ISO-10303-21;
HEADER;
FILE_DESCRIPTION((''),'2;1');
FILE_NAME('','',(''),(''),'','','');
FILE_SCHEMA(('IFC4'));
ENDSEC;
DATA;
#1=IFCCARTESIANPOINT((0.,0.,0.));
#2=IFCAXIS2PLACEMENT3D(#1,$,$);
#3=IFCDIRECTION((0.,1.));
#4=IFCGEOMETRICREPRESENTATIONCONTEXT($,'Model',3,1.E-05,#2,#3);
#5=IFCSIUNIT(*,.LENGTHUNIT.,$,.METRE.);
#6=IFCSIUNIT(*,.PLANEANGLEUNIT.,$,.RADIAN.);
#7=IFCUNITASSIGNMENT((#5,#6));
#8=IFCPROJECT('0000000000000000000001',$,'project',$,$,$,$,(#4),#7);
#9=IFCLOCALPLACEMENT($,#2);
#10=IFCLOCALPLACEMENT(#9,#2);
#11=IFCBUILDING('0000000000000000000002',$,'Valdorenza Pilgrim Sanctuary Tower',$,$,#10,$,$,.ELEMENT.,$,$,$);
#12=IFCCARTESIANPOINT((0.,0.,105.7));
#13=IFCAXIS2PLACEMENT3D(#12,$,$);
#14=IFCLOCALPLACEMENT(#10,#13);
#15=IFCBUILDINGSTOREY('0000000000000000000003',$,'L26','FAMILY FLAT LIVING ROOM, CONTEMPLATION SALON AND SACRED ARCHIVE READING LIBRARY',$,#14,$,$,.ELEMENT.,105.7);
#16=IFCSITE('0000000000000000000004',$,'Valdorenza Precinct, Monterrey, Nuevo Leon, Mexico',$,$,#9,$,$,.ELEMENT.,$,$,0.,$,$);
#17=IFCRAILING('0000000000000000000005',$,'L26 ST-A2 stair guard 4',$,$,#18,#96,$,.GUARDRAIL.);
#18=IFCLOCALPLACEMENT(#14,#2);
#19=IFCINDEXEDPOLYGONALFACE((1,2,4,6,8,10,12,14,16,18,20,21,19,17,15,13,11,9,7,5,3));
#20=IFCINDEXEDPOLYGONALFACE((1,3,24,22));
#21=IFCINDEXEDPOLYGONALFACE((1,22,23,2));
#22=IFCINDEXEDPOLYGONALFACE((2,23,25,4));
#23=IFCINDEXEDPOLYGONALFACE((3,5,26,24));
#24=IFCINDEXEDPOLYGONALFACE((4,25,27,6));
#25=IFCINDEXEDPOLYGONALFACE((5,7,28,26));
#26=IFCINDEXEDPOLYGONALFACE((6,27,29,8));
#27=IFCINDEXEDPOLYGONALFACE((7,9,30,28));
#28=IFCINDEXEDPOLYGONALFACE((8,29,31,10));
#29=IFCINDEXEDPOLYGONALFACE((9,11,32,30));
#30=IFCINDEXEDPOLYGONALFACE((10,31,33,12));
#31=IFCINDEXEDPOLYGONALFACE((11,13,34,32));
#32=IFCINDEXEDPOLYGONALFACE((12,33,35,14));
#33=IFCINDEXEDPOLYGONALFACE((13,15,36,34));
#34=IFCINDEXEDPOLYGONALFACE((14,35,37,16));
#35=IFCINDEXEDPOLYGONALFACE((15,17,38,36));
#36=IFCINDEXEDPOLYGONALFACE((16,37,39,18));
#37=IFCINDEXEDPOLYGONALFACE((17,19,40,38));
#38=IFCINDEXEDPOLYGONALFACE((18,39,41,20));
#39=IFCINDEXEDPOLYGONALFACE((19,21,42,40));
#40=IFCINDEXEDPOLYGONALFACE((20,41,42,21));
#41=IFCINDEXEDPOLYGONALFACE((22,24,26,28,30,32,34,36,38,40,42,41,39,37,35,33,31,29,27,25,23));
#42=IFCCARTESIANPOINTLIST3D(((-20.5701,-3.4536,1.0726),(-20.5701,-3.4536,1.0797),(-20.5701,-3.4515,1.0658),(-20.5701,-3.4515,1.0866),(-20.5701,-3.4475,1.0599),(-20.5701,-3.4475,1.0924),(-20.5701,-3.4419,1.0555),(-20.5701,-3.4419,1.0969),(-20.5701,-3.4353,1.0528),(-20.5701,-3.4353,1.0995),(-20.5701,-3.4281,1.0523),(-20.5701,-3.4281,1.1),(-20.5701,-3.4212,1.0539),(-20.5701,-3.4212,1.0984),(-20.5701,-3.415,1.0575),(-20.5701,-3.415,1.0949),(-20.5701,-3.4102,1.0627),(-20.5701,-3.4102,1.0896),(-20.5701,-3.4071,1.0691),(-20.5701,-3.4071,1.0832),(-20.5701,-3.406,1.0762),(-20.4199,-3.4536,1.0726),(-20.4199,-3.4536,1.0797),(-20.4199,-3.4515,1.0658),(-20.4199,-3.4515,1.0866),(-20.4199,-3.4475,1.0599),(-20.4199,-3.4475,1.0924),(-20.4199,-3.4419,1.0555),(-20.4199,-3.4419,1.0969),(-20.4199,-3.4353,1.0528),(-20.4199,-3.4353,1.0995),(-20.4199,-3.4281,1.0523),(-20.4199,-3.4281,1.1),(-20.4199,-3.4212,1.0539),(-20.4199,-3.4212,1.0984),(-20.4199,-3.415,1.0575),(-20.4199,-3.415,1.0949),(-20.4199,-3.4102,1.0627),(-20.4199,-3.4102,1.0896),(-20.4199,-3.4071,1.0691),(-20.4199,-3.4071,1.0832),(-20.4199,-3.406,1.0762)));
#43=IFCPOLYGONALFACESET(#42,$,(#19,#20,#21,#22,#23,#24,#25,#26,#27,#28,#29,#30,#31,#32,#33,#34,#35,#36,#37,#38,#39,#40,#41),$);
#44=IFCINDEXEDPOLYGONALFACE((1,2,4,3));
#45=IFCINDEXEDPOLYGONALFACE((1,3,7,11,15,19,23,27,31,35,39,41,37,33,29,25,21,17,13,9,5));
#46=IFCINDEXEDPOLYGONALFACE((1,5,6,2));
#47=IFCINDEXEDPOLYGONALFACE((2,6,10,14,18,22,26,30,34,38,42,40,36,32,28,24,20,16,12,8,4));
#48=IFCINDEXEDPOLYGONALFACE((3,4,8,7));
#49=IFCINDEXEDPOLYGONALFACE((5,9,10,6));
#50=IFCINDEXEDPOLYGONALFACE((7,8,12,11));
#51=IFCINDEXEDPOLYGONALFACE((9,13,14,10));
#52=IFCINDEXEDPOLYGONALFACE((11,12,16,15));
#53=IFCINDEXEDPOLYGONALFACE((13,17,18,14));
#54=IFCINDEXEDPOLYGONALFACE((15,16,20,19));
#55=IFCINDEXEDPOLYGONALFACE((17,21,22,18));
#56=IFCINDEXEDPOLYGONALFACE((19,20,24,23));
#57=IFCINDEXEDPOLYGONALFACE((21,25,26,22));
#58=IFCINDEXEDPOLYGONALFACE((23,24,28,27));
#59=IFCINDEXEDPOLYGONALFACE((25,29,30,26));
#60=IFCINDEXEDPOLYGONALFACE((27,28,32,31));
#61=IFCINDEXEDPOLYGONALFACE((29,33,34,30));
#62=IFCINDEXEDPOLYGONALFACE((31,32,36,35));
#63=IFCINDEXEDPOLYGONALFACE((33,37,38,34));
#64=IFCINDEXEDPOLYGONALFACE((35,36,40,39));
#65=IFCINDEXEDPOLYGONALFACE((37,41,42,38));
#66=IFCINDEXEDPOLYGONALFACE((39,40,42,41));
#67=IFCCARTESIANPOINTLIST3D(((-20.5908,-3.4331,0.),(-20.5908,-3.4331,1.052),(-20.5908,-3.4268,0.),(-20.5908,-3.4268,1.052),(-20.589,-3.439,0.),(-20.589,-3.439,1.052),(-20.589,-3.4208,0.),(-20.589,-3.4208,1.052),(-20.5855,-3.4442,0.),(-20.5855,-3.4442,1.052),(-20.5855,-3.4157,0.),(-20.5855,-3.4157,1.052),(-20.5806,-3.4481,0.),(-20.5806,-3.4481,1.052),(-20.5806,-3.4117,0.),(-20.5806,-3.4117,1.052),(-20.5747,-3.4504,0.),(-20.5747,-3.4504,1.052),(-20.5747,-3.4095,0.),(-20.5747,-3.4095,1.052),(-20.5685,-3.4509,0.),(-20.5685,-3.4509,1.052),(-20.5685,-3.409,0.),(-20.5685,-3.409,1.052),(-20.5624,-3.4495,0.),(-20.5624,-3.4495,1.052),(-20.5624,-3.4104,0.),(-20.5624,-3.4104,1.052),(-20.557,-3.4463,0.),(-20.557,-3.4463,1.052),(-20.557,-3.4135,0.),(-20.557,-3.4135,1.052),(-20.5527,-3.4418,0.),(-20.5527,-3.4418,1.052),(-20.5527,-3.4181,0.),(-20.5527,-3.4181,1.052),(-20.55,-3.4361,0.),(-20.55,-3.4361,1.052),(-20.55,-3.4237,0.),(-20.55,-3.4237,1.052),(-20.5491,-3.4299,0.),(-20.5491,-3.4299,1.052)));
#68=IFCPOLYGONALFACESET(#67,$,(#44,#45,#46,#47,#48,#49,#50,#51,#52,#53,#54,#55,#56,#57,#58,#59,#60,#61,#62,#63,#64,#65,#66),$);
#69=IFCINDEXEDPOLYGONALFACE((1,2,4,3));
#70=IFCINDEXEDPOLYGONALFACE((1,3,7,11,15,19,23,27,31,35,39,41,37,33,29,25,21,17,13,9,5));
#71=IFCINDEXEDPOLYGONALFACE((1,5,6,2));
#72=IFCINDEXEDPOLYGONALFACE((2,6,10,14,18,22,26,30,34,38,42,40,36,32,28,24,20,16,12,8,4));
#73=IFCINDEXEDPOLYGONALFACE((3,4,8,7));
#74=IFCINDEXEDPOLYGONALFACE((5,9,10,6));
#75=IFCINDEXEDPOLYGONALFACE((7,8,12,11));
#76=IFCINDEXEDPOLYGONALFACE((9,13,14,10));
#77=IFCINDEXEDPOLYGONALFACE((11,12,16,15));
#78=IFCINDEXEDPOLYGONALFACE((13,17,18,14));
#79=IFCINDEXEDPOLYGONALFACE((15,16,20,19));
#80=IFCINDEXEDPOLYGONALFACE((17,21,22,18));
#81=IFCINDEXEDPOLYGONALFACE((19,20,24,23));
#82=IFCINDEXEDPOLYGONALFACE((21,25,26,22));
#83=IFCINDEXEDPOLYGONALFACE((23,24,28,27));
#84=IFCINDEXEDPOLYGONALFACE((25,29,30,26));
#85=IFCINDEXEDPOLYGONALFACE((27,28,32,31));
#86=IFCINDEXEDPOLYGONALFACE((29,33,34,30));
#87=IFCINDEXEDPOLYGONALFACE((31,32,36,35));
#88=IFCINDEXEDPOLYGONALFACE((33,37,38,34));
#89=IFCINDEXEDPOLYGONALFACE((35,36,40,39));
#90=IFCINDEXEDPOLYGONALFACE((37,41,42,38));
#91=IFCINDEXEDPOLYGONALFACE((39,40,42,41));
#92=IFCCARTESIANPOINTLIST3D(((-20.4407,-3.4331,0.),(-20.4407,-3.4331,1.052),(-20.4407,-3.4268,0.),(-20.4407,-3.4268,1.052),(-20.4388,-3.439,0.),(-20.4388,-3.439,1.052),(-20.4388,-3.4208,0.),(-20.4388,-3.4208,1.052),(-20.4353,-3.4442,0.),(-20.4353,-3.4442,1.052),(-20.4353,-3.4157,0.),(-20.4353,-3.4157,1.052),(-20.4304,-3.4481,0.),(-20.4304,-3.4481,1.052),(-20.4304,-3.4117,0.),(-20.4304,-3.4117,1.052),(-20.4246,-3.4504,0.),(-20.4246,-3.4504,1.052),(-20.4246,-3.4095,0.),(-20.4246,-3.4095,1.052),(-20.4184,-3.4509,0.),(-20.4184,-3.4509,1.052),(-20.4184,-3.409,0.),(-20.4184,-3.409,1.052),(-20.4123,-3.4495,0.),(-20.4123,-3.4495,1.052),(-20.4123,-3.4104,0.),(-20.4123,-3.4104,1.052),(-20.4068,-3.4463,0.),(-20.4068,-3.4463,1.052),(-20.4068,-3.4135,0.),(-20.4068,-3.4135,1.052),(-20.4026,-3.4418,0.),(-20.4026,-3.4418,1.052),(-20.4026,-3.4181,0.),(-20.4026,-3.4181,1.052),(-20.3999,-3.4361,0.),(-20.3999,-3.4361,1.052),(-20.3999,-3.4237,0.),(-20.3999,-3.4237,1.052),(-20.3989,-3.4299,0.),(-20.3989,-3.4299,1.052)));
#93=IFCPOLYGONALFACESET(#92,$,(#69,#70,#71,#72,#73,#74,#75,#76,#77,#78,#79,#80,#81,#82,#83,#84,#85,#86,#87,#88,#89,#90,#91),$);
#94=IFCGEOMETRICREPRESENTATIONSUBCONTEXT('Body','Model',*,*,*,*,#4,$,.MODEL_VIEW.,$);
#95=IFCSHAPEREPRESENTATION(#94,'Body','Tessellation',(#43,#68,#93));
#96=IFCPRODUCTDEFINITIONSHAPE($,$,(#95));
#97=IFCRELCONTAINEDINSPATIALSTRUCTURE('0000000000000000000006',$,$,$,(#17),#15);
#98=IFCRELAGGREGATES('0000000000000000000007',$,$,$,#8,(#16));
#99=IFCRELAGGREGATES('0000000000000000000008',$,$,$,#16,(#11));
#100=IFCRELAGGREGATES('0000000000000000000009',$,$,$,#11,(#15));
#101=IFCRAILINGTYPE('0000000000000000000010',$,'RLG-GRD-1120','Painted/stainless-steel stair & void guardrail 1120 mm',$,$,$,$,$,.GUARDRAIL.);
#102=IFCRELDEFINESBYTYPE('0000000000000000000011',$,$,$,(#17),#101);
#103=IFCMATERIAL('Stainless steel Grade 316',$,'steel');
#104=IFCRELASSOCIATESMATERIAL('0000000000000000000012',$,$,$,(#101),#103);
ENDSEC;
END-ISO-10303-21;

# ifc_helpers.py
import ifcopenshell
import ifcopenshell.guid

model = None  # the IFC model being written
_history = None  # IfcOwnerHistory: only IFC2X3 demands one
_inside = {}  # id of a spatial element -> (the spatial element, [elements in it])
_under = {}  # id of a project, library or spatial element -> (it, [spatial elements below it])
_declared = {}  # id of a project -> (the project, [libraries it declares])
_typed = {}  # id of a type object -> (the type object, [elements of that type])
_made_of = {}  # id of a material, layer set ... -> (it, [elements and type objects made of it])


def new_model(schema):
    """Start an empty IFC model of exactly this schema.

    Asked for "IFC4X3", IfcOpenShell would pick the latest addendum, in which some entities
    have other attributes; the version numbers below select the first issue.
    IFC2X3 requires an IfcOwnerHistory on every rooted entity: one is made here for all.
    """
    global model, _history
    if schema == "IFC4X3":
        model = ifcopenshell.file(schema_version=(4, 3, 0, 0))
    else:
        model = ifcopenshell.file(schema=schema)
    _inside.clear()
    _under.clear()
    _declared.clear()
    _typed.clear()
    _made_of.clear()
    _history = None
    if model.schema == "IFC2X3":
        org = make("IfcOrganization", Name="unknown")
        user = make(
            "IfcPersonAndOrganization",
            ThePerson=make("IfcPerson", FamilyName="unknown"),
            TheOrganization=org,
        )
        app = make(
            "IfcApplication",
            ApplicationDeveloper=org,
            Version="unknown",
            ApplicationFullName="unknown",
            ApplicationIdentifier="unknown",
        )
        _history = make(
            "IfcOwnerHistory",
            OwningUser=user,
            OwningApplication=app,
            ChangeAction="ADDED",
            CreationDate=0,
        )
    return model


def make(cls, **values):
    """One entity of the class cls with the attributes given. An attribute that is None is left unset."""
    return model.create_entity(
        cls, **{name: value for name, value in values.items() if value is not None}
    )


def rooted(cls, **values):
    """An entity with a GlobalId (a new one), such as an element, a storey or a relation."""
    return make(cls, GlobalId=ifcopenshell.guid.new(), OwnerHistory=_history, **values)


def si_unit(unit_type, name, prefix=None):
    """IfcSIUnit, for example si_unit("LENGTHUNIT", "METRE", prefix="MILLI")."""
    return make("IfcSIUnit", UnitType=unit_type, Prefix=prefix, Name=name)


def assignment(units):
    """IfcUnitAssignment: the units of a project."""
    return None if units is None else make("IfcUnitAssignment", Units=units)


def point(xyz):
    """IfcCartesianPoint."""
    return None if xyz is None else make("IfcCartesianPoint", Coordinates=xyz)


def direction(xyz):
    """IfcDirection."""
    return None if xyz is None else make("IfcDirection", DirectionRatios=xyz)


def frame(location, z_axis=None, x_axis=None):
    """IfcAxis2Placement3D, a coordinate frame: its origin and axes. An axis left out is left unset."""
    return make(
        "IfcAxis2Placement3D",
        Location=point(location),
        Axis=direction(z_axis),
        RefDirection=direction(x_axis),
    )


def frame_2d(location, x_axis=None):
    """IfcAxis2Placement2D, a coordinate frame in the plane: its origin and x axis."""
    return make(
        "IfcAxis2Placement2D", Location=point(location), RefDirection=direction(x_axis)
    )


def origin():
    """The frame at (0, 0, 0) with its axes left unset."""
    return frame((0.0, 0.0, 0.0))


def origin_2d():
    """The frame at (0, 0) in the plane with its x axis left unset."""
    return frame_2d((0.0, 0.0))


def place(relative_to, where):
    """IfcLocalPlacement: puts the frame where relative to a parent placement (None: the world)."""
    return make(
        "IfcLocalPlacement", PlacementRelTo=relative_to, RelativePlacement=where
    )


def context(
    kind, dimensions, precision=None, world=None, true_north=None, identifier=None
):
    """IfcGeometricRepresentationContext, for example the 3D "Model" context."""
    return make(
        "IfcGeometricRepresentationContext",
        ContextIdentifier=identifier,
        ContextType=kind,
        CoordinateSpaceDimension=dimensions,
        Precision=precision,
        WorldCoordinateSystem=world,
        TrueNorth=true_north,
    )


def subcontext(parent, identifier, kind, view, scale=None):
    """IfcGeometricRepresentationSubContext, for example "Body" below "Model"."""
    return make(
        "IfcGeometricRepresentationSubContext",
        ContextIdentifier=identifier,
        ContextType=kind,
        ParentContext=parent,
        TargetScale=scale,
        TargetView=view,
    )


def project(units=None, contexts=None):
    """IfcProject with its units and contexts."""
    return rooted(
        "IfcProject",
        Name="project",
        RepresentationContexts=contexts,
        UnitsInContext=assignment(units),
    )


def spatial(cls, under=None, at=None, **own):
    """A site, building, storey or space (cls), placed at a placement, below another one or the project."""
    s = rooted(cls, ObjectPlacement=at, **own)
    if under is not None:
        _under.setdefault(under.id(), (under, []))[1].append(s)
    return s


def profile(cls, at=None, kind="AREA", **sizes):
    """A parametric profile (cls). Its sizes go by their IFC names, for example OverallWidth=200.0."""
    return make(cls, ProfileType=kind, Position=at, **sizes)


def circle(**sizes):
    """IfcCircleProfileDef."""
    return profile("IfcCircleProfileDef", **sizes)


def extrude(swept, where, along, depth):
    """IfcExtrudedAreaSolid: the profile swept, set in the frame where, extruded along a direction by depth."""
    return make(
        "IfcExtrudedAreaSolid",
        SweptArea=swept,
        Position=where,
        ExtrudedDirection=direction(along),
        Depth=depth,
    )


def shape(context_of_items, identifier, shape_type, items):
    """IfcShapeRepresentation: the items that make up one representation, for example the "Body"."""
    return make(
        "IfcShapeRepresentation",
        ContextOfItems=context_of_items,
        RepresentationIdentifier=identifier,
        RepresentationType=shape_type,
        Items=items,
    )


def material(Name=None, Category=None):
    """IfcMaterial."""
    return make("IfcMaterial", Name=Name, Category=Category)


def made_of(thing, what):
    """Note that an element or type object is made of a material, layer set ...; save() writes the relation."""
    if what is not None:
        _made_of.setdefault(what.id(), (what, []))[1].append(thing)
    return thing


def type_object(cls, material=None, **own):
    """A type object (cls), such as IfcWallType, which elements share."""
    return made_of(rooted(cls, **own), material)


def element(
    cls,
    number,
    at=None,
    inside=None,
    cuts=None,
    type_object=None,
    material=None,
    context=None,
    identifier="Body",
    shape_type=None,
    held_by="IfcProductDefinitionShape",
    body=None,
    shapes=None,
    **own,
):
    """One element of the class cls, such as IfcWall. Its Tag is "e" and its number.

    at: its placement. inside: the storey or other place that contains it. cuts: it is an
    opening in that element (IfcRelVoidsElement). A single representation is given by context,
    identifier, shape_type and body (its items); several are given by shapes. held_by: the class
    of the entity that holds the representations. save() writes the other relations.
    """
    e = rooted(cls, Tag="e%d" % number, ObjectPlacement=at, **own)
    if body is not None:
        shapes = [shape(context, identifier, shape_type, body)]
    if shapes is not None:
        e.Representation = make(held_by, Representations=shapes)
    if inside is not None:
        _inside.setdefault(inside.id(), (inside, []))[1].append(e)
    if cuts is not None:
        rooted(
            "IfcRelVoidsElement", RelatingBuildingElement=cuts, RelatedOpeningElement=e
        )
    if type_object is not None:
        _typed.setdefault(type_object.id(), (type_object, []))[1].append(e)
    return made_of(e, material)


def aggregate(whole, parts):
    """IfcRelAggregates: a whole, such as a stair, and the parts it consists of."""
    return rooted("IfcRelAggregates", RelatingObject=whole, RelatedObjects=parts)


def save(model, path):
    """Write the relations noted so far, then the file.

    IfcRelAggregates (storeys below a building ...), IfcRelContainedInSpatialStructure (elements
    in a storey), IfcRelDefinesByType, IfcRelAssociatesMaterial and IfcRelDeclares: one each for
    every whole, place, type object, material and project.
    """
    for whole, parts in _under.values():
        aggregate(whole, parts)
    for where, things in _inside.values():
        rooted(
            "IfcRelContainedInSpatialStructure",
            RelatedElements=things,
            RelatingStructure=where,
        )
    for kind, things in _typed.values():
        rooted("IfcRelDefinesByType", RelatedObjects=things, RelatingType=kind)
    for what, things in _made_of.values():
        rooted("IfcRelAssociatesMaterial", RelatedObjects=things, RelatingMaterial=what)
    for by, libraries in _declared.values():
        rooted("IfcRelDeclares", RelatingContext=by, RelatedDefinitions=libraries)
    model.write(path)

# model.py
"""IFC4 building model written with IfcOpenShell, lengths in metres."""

from ifc_helpers import new_model, si_unit, direction, frame, origin, origin_2d, place, context, subcontext, project, spatial, circle, extrude, material, type_object, element, save


model = new_model("IFC4")

# Units and contexts
model_context = context("Model", 3, precision=1e-05, world=origin(), true_north=direction((0.0, 1.0)))
body_context = subcontext(model_context, "Body", "Model", "MODEL_VIEW")
ifc_project = project(units=[si_unit("LENGTHUNIT", "METRE"), si_unit("PLANEANGLEUNIT", "RADIAN")], contexts=[model_context])

# Site, building, storey
site_placement = place(None, origin())
site = spatial("IfcSite", under=ifc_project, at=site_placement, Name="Valdorenza Precinct, Monterrey, Nuevo Leon, Mexico", CompositionType="ELEMENT", RefElevation=0.0)
building_placement = place(site_placement, origin())
building = spatial("IfcBuilding", under=site, at=building_placement, Name="Valdorenza Pilgrim Sanctuary Tower", CompositionType="ELEMENT")
storey_placement = place(building_placement, frame((0.0, 0.0, 105.7)))
storey = spatial("IfcBuildingStorey", under=building, at=storey_placement, Name="L26", Description="FAMILY FLAT LIVING ROOM, CONTEMPLATION SALON AND SACRED ARCHIVE READING LIBRARY", CompositionType="ELEMENT", Elevation=105.7)

# Railing
ifc_material_1 = material(Name="Stainless steel Grade 316", Category="steel")
railing_type_1 = type_object("IfcRailingType", Name="RLG-GRD-1120", Description="Painted/stainless-steel stair & void guardrail 1120 mm", PredefinedType="GUARDRAIL", material=ifc_material_1)
railing_1_placement = place(storey_placement, frame((-20.5701, -3.4299, 0.0)))
element("IfcRailing", 1, at=railing_1_placement, inside=storey, type_object=railing_type_1, Name="L26 ST-A2 stair guard 4", PredefinedType="GUARDRAIL", context=body_context, shape_type="SweptSolid", body=[
    extrude(circle(Radius=0.0239, at=origin_2d()), frame((0.0, 0.0, 1.0762), z_axis=(1.0, 0.0, 0.0), x_axis=(0.0, 1.0, 0.0)), (0.0, 0.0, 1.0), 0.1501),
    extrude(circle(Radius=0.021, at=origin_2d()), origin(), (0.0, 0.0, 1.0), 1.052),
    extrude(circle(Radius=0.021, at=origin_2d()), frame((0.1501, 0.0, 0.0)), (0.0, 0.0, 1.0), 1.052),
])

save(model, "model.ifc")
